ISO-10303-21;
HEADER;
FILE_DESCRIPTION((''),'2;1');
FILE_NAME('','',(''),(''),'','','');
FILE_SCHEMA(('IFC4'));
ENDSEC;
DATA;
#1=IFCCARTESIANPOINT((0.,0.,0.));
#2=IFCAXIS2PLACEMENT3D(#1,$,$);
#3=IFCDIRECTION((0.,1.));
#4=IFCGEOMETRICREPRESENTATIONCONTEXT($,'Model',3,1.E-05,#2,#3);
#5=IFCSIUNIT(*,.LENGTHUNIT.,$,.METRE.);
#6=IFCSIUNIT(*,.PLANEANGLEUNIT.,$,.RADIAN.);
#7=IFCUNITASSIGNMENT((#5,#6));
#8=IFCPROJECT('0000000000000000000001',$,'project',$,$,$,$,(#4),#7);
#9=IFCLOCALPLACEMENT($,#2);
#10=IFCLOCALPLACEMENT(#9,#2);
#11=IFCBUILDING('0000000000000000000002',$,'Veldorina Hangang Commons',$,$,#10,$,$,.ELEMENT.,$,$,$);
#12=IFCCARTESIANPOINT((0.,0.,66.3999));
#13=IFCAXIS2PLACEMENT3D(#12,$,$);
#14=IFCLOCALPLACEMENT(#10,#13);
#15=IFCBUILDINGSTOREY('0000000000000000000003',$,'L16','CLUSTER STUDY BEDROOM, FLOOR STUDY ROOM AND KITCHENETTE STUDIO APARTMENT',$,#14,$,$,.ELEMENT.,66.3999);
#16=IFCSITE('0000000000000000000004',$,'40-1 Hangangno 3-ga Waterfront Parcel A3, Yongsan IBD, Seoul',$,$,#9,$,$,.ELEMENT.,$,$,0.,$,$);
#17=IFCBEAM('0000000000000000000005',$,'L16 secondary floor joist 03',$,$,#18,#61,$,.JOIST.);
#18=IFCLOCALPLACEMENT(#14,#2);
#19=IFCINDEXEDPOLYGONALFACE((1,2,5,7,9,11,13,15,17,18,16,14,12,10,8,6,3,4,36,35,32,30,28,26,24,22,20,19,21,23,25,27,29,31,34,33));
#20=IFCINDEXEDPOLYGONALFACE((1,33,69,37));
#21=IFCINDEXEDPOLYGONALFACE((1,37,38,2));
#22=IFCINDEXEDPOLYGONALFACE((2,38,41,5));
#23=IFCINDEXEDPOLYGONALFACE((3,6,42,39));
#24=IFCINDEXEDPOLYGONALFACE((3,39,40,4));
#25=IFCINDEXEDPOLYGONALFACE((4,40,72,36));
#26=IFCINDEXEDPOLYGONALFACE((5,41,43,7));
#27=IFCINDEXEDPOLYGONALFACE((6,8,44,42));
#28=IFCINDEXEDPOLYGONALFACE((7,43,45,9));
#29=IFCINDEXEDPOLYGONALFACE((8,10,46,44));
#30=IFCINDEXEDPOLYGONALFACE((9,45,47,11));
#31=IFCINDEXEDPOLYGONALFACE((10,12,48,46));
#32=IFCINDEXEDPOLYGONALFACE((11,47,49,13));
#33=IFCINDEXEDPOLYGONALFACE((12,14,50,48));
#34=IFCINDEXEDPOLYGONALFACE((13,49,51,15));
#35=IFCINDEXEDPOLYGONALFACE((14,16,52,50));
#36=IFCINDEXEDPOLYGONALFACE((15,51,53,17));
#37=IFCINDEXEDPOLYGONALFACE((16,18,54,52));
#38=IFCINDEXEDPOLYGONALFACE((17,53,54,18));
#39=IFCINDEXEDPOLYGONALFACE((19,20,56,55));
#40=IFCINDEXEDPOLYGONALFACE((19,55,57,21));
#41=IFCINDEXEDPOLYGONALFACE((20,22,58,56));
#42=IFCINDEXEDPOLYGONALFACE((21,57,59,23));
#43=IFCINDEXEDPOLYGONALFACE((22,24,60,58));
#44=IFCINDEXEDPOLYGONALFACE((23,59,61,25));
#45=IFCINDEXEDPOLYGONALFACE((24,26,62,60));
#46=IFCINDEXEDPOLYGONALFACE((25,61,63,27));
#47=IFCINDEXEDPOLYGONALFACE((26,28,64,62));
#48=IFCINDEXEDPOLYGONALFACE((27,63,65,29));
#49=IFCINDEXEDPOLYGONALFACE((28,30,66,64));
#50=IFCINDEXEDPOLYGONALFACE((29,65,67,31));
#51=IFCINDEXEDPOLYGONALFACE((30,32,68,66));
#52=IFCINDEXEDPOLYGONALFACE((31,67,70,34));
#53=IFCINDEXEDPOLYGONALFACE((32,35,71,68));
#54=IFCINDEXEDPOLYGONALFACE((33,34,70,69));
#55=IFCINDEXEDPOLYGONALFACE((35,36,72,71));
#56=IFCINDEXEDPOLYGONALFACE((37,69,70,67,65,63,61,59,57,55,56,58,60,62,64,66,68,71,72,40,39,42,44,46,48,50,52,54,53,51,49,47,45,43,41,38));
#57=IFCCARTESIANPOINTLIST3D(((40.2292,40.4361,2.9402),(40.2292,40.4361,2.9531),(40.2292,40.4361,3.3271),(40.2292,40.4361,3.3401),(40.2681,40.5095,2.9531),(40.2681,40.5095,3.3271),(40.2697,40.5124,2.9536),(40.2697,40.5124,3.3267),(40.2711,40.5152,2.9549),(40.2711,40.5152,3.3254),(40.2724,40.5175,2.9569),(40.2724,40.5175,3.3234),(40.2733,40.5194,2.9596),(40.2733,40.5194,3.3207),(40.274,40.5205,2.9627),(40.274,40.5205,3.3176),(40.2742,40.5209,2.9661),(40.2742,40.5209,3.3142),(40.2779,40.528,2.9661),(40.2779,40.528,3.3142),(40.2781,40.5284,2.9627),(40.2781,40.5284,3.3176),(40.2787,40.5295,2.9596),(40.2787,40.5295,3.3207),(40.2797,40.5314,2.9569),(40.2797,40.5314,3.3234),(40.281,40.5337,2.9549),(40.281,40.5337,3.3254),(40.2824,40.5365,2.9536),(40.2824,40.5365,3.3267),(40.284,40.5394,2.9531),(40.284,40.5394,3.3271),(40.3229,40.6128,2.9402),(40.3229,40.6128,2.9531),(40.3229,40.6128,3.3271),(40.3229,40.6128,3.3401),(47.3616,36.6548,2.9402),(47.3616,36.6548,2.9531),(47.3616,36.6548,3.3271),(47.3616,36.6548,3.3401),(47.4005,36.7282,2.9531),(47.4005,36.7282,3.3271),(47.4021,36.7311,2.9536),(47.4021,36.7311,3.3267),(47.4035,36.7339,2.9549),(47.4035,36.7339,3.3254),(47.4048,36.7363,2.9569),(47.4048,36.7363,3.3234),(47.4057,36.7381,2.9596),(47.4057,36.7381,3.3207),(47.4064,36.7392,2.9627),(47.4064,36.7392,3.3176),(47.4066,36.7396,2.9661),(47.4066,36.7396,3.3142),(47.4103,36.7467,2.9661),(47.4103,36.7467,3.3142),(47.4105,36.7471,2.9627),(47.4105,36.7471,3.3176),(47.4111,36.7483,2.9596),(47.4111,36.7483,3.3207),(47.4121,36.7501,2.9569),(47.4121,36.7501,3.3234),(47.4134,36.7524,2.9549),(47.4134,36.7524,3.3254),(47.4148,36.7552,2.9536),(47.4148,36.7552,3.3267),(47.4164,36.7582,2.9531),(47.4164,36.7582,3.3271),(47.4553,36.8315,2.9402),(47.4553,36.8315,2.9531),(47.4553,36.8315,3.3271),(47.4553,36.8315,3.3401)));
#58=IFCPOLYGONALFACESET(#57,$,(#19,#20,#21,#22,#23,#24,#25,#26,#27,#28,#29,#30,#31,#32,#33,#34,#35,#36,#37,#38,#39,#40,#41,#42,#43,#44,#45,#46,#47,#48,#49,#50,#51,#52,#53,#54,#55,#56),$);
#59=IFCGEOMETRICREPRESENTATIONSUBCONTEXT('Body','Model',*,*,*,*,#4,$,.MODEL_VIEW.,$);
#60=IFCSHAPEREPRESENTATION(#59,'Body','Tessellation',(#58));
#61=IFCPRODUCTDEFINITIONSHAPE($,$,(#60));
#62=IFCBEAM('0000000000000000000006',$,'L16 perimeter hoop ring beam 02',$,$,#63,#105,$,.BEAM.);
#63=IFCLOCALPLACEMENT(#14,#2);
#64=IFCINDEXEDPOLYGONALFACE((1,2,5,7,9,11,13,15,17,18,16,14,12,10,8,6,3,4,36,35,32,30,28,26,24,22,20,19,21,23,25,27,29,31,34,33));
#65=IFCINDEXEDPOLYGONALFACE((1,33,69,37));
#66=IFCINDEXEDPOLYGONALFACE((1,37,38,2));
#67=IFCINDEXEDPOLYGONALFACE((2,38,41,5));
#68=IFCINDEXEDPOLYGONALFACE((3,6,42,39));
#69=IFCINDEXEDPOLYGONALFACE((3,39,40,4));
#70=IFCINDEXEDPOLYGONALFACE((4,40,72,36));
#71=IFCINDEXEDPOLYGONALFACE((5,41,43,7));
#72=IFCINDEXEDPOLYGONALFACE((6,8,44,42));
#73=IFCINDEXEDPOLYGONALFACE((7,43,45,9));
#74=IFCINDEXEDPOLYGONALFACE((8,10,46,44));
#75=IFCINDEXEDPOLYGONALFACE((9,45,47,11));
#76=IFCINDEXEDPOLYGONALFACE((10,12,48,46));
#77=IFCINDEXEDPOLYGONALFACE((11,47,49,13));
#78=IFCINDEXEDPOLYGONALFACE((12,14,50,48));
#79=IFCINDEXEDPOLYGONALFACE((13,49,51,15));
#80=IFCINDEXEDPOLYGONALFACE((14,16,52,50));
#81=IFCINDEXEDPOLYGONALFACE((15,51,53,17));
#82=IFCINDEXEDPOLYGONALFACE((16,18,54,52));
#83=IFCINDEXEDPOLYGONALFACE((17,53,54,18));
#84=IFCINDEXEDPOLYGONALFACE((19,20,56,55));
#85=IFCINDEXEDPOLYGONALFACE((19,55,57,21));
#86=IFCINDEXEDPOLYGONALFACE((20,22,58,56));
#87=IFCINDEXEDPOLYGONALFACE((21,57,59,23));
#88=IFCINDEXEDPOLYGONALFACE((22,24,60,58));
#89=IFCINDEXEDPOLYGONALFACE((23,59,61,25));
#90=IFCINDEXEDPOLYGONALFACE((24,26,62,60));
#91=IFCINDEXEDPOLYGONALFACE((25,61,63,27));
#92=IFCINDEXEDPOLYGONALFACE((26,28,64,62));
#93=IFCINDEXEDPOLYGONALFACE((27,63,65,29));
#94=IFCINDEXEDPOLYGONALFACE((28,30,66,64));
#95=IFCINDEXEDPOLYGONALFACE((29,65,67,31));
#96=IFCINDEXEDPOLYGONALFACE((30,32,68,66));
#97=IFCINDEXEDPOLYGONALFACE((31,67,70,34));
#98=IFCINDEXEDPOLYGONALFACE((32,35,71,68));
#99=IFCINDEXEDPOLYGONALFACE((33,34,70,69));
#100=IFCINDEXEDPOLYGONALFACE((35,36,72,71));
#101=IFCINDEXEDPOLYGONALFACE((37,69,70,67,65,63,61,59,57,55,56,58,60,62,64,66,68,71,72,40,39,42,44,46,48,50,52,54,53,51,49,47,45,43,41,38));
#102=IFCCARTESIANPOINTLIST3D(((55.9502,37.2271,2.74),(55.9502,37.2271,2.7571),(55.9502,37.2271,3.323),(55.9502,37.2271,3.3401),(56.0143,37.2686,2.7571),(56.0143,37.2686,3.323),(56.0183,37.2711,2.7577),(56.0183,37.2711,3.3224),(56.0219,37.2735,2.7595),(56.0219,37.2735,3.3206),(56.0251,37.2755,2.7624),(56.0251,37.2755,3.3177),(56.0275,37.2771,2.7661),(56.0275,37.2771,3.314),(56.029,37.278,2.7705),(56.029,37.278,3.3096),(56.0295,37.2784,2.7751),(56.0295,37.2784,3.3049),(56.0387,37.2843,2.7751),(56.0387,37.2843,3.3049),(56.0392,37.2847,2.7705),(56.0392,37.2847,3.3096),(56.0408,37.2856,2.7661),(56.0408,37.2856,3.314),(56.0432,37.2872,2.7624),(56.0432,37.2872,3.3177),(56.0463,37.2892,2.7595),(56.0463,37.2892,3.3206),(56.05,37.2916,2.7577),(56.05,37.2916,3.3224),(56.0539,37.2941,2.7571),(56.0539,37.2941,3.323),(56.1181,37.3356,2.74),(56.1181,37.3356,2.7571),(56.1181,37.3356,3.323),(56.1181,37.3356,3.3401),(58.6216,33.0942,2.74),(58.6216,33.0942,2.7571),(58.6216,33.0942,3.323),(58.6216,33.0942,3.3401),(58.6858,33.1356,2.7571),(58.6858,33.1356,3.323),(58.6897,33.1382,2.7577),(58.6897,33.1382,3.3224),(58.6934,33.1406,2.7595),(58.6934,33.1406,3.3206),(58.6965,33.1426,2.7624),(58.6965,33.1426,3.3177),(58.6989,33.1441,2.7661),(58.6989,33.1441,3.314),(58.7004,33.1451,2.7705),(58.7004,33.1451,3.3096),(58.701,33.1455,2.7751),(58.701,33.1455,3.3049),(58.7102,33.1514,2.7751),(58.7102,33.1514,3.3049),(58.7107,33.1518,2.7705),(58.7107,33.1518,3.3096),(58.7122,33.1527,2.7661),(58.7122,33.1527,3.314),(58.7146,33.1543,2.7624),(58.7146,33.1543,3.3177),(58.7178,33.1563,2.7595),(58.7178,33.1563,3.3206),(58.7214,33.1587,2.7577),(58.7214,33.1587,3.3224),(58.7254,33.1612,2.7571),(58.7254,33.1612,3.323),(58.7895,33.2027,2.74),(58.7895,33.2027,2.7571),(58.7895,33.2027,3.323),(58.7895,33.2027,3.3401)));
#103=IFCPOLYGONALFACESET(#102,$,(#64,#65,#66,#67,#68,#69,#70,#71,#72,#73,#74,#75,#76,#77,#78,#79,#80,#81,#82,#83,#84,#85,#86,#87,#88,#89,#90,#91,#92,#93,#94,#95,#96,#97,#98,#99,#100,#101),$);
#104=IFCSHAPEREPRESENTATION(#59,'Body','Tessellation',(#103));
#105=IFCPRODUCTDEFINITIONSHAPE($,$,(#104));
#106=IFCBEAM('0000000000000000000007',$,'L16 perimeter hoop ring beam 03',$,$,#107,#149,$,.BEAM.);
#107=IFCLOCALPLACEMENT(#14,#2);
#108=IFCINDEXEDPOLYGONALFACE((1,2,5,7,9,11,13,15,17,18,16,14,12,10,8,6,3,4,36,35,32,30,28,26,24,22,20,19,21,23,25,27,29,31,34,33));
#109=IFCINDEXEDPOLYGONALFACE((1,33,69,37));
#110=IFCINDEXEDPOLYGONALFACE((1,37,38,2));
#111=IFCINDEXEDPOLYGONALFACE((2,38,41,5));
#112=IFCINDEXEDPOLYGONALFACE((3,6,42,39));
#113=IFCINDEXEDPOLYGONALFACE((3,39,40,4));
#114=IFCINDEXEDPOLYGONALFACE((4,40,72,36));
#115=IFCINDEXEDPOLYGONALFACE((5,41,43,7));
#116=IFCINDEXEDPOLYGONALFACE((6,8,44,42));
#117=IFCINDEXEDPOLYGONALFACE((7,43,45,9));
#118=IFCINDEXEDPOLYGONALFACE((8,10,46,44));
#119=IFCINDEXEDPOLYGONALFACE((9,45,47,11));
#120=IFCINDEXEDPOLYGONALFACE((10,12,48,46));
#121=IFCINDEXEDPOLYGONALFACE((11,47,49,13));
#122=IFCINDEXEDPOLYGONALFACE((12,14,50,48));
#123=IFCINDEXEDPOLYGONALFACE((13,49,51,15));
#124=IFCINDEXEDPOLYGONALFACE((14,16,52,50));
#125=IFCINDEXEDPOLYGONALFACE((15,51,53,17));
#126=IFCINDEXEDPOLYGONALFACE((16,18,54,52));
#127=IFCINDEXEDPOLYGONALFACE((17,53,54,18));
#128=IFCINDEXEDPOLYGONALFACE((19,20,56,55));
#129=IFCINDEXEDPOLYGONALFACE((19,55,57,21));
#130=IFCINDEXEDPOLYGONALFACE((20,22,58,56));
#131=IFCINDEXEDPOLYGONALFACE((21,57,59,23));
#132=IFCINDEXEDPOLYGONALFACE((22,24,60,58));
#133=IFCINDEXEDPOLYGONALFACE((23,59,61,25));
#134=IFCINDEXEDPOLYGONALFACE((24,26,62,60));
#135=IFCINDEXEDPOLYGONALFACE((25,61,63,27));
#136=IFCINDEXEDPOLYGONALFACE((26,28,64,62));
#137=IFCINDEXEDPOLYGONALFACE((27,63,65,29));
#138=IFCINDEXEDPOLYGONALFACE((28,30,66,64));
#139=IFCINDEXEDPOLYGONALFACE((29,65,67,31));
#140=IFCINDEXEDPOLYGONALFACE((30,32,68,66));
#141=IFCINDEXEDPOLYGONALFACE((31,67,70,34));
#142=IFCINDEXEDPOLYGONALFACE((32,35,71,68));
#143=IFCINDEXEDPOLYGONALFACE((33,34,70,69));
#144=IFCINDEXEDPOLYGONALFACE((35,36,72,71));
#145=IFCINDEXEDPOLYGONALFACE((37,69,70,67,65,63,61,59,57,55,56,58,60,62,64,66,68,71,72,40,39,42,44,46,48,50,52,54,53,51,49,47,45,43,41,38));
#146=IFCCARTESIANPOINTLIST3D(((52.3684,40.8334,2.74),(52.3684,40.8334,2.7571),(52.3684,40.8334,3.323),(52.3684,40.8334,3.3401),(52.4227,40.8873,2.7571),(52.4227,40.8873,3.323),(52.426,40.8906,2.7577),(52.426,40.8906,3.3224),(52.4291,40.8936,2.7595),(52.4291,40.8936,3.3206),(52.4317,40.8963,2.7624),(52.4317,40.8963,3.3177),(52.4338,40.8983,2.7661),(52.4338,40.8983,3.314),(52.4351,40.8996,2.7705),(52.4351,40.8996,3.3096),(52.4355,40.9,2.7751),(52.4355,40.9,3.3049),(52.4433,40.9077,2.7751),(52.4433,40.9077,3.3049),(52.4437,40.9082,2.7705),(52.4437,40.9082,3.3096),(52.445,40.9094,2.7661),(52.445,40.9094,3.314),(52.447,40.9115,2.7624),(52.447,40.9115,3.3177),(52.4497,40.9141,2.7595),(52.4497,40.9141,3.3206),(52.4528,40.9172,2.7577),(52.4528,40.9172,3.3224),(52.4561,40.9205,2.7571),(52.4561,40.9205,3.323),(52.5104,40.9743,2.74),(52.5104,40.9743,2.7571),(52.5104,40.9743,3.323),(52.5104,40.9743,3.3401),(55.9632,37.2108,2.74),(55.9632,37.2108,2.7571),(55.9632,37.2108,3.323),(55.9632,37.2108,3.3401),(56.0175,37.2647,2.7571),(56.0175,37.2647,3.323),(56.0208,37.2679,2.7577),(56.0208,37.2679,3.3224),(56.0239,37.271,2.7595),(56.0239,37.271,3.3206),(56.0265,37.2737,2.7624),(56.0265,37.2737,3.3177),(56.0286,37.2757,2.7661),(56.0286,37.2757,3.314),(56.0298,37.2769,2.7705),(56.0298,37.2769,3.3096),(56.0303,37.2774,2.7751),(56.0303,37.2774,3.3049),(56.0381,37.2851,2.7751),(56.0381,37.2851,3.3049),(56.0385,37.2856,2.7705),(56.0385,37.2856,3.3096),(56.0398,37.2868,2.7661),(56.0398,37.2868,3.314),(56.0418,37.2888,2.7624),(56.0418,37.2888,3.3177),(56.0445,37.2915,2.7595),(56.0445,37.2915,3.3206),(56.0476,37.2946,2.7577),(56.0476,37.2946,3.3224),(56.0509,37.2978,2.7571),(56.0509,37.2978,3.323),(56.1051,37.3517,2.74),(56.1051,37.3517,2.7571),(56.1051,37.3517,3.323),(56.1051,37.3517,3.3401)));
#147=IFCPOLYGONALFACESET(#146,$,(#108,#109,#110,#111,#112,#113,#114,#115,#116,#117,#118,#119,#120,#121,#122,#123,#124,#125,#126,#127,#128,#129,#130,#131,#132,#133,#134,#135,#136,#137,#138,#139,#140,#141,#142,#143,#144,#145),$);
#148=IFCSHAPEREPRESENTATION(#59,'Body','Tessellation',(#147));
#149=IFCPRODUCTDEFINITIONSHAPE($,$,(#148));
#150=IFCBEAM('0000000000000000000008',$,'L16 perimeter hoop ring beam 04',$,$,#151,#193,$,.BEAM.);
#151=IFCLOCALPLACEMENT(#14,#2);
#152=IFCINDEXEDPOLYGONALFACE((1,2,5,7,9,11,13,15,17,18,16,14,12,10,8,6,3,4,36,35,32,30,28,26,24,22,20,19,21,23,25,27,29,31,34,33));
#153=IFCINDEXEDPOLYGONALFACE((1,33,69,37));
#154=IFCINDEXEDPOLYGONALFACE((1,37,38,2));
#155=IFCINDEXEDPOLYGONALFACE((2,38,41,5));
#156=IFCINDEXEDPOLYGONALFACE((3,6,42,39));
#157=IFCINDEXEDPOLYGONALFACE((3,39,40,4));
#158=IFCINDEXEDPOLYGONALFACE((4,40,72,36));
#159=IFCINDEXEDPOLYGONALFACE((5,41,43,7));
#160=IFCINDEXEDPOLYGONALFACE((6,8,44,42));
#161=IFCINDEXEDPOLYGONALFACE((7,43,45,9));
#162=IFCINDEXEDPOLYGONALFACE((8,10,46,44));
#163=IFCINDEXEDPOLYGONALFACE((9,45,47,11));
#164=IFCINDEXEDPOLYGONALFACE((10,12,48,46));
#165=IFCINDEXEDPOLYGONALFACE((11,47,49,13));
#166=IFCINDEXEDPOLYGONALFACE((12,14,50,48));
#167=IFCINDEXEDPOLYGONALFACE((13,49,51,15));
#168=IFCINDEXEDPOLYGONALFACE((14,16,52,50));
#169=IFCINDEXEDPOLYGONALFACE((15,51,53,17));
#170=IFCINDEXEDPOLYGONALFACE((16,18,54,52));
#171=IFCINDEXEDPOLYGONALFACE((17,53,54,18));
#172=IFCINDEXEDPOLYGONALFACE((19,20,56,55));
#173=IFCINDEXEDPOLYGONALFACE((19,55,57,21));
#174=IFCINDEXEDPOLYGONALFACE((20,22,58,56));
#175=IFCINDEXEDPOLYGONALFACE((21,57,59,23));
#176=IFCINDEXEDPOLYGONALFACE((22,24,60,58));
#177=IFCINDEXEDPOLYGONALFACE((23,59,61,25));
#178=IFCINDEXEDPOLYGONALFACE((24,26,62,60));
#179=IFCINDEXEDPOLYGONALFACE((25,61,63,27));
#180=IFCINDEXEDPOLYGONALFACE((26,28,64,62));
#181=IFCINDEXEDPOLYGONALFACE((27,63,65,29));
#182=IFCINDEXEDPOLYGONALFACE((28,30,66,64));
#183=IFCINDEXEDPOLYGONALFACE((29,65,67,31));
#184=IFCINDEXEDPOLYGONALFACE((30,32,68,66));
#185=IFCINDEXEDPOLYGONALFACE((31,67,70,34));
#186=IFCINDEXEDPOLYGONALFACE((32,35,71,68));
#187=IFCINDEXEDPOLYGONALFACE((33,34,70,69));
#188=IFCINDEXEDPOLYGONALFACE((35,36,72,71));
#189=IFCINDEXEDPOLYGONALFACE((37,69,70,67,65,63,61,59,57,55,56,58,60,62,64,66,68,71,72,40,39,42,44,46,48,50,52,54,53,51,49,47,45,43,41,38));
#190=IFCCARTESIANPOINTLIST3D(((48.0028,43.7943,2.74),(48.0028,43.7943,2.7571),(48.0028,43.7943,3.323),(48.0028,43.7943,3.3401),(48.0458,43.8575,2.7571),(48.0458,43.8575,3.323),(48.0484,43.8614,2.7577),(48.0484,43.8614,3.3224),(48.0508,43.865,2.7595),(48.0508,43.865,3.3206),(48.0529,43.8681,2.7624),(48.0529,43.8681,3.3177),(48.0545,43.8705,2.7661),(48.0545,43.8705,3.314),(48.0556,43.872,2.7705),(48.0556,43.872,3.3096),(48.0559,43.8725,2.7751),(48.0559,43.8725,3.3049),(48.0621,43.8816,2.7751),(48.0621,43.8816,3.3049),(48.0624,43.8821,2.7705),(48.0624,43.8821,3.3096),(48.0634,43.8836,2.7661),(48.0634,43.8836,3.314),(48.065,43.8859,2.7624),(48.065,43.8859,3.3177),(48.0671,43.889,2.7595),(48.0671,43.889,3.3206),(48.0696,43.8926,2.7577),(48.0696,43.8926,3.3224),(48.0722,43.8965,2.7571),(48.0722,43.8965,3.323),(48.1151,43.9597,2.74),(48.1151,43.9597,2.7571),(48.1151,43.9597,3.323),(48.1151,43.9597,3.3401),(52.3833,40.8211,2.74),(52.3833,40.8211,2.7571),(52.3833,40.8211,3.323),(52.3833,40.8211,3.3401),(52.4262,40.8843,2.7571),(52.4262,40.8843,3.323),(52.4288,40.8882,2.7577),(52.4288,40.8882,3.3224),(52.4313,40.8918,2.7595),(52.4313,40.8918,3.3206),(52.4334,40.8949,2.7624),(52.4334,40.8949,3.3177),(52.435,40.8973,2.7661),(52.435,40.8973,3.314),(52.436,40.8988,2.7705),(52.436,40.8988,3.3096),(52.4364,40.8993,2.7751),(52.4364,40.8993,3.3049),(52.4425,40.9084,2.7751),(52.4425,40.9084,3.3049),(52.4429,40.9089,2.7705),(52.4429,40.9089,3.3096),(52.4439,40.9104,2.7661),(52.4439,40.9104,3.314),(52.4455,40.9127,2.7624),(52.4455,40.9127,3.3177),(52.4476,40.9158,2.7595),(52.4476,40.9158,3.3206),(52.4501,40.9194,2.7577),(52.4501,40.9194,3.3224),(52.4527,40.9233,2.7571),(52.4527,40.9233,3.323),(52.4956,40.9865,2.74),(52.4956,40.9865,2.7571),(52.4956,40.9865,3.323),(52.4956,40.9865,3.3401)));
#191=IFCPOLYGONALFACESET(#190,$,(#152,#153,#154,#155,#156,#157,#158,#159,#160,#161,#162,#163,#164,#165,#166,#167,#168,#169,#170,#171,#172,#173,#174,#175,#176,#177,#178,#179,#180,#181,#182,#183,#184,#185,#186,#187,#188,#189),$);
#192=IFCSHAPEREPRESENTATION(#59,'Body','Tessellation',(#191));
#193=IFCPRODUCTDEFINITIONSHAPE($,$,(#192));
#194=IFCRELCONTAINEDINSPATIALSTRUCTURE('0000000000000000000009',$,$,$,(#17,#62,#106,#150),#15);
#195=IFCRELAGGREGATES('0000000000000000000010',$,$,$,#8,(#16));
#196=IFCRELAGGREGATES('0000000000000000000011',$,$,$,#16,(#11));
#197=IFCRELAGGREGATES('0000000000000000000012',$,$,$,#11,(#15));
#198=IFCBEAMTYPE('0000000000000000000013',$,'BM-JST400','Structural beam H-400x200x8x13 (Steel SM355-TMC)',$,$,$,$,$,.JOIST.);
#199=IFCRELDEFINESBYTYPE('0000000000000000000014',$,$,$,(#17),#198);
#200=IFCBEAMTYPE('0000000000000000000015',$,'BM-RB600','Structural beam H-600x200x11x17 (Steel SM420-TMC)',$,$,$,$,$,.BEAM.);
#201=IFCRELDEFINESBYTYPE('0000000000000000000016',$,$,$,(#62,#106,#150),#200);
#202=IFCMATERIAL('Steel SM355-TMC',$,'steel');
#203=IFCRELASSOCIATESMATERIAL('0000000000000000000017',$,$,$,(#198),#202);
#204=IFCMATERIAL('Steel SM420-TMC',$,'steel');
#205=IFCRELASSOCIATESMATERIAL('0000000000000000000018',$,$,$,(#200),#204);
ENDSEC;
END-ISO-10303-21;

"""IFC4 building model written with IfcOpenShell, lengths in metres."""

from ifc_helpers import new_model, si_unit, direction, frame, origin, origin_2d, place, context, subcontext, project, spatial, i_section, extrude, material, material_profile, profile_set, type_object, element, save


model = new_model("IFC4")

# Units and contexts
model_context = context("Model", 3, precision=1e-05, world=origin(), true_north=direction((0.0, 1.0)))
body_context = subcontext(model_context, "Body", "Model", "MODEL_VIEW")
ifc_project = project(units=[si_unit("LENGTHUNIT", "METRE"), si_unit("PLANEANGLEUNIT", "RADIAN")], contexts=[model_context])

# Site, building, storey
site_placement = place(None, origin())
site = spatial("IfcSite", under=ifc_project, at=site_placement, Name="40-1 Hangangno 3-ga Waterfront Parcel A3, Yongsan IBD, Seoul", CompositionType="ELEMENT", RefElevation=0.0)
building_placement = place(site_placement, origin())
building = spatial("IfcBuilding", under=site, at=building_placement, Name="Veldorina Hangang Commons", CompositionType="ELEMENT")
storey_placement = place(building_placement, frame((0.0, 0.0, 66.3999)))
storey = spatial("IfcBuildingStorey", under=building, at=storey_placement, Name="L16", Description="CLUSTER STUDY BEDROOM, FLOOR STUDY ROOM AND KITCHENETTE STUDIO APARTMENT", CompositionType="ELEMENT", Elevation=66.3999)

# Beams
ifc_material_1 = material(Name="Steel SM355-TMC", Category="steel")
ifc_material_profile_1 = material_profile(ifc_material_1, i_section(OverallWidth=0.2, OverallDepth=0.3999, WebThickness=0.0081, FlangeThickness=0.0129, FilletRadius=0.0129, at=origin_2d()), Name="H-400x200x8x13")
ifc_profile_set_1 = profile_set([ifc_material_profile_1], Name="Steel SM355-TMC")
beam_type_1 = type_object("IfcBeamType", Name="BM-JST400", Description="Structural beam H-400x200x8x13 (Steel SM355-TMC)", PredefinedType="JOIST", material=ifc_profile_set_1)
beam_1_placement = place(storey_placement, frame((47.4084, 36.7432, 3.1401), z_axis=(-0.883516, 0.468402, 0.0), x_axis=(-0.468402, -0.883516, 0.0)))
element("IfcBeam", 1, at=beam_1_placement, inside=storey, type_object=beam_type_1, Name="L16 secondary floor joist 03", PredefinedType="JOIST", context=body_context, shape_type="SweptSolid", body=[
    extrude(i_section(OverallWidth=0.2, OverallDepth=0.3999, WebThickness=0.0081, FlangeThickness=0.0129, FilletRadius=0.0129, at=origin_2d()), origin(), (0.0, 0.0, 1.0), 8.0728),
])
ifc_material_2 = material(Name="Steel SM420-TMC", Category="steel")
ifc_material_profile_2 = material_profile(ifc_material_2, i_section(OverallWidth=0.2, OverallDepth=0.6001, WebThickness=0.011, FlangeThickness=0.0171, FilletRadius=0.0181, at=origin_2d()), Name="H-600x200x11x17")
ifc_profile_set_2 = profile_set([ifc_material_profile_2], Name="Steel SM420-TMC")
beam_type_2 = type_object("IfcBeamType", Name="BM-RB600", Description="Structural beam H-600x200x11x17 (Steel SM420-TMC)", PredefinedType="BEAM", material=ifc_profile_set_2)
beam_2_placement = place(storey_placement, frame((58.7056, 33.1484, 3.04), z_axis=(-0.542852, 0.839828, 0.0), x_axis=(-0.839828, -0.542852, 0.0)))
element("IfcBeam", 2, at=beam_2_placement, inside=storey, type_object=beam_type_2, Name="L16 perimeter hoop ring beam 02", PredefinedType="BEAM", context=body_context, shape_type="SweptSolid", body=[
    extrude(i_section(OverallWidth=0.2, OverallDepth=0.6001, WebThickness=0.011, FlangeThickness=0.0171, FilletRadius=0.0181, at=origin_2d()), origin(), (0.0, 0.0, 1.0), 4.9211),
])
beam_3_placement = place(storey_placement, frame((56.0342, 37.2812, 3.04), z_axis=(-0.704375, 0.709828, 0.0), x_axis=(-0.709828, -0.704375, 0.0)))
element("IfcBeam", 3, at=beam_3_placement, inside=storey, type_object=beam_type_2, Name="L16 perimeter hoop ring beam 03", PredefinedType="BEAM", context=body_context, shape_type="SweptSolid", body=[
    extrude(i_section(OverallWidth=0.2, OverallDepth=0.6001, WebThickness=0.011, FlangeThickness=0.0171, FilletRadius=0.0181, at=origin_2d()), origin(), (0.0, 0.0, 1.0), 5.1035),
])
beam_4_placement = place(storey_placement, frame((52.4395, 40.9038, 3.04), z_axis=(-0.82741, 0.561598, 0.0), x_axis=(-0.561598, -0.82741, 0.0)))
element("IfcBeam", 4, at=beam_4_placement, inside=storey, type_object=beam_type_2, Name="L16 perimeter hoop ring beam 04", PredefinedType="BEAM", context=body_context, shape_type="SweptSolid", body=[
    extrude(i_section(OverallWidth=0.2, OverallDepth=0.6001, WebThickness=0.011, FlangeThickness=0.0171, FilletRadius=0.0181, at=origin_2d()), origin(), (0.0, 0.0, 1.0), 5.2942),
])

save(model, "model.ifc")
